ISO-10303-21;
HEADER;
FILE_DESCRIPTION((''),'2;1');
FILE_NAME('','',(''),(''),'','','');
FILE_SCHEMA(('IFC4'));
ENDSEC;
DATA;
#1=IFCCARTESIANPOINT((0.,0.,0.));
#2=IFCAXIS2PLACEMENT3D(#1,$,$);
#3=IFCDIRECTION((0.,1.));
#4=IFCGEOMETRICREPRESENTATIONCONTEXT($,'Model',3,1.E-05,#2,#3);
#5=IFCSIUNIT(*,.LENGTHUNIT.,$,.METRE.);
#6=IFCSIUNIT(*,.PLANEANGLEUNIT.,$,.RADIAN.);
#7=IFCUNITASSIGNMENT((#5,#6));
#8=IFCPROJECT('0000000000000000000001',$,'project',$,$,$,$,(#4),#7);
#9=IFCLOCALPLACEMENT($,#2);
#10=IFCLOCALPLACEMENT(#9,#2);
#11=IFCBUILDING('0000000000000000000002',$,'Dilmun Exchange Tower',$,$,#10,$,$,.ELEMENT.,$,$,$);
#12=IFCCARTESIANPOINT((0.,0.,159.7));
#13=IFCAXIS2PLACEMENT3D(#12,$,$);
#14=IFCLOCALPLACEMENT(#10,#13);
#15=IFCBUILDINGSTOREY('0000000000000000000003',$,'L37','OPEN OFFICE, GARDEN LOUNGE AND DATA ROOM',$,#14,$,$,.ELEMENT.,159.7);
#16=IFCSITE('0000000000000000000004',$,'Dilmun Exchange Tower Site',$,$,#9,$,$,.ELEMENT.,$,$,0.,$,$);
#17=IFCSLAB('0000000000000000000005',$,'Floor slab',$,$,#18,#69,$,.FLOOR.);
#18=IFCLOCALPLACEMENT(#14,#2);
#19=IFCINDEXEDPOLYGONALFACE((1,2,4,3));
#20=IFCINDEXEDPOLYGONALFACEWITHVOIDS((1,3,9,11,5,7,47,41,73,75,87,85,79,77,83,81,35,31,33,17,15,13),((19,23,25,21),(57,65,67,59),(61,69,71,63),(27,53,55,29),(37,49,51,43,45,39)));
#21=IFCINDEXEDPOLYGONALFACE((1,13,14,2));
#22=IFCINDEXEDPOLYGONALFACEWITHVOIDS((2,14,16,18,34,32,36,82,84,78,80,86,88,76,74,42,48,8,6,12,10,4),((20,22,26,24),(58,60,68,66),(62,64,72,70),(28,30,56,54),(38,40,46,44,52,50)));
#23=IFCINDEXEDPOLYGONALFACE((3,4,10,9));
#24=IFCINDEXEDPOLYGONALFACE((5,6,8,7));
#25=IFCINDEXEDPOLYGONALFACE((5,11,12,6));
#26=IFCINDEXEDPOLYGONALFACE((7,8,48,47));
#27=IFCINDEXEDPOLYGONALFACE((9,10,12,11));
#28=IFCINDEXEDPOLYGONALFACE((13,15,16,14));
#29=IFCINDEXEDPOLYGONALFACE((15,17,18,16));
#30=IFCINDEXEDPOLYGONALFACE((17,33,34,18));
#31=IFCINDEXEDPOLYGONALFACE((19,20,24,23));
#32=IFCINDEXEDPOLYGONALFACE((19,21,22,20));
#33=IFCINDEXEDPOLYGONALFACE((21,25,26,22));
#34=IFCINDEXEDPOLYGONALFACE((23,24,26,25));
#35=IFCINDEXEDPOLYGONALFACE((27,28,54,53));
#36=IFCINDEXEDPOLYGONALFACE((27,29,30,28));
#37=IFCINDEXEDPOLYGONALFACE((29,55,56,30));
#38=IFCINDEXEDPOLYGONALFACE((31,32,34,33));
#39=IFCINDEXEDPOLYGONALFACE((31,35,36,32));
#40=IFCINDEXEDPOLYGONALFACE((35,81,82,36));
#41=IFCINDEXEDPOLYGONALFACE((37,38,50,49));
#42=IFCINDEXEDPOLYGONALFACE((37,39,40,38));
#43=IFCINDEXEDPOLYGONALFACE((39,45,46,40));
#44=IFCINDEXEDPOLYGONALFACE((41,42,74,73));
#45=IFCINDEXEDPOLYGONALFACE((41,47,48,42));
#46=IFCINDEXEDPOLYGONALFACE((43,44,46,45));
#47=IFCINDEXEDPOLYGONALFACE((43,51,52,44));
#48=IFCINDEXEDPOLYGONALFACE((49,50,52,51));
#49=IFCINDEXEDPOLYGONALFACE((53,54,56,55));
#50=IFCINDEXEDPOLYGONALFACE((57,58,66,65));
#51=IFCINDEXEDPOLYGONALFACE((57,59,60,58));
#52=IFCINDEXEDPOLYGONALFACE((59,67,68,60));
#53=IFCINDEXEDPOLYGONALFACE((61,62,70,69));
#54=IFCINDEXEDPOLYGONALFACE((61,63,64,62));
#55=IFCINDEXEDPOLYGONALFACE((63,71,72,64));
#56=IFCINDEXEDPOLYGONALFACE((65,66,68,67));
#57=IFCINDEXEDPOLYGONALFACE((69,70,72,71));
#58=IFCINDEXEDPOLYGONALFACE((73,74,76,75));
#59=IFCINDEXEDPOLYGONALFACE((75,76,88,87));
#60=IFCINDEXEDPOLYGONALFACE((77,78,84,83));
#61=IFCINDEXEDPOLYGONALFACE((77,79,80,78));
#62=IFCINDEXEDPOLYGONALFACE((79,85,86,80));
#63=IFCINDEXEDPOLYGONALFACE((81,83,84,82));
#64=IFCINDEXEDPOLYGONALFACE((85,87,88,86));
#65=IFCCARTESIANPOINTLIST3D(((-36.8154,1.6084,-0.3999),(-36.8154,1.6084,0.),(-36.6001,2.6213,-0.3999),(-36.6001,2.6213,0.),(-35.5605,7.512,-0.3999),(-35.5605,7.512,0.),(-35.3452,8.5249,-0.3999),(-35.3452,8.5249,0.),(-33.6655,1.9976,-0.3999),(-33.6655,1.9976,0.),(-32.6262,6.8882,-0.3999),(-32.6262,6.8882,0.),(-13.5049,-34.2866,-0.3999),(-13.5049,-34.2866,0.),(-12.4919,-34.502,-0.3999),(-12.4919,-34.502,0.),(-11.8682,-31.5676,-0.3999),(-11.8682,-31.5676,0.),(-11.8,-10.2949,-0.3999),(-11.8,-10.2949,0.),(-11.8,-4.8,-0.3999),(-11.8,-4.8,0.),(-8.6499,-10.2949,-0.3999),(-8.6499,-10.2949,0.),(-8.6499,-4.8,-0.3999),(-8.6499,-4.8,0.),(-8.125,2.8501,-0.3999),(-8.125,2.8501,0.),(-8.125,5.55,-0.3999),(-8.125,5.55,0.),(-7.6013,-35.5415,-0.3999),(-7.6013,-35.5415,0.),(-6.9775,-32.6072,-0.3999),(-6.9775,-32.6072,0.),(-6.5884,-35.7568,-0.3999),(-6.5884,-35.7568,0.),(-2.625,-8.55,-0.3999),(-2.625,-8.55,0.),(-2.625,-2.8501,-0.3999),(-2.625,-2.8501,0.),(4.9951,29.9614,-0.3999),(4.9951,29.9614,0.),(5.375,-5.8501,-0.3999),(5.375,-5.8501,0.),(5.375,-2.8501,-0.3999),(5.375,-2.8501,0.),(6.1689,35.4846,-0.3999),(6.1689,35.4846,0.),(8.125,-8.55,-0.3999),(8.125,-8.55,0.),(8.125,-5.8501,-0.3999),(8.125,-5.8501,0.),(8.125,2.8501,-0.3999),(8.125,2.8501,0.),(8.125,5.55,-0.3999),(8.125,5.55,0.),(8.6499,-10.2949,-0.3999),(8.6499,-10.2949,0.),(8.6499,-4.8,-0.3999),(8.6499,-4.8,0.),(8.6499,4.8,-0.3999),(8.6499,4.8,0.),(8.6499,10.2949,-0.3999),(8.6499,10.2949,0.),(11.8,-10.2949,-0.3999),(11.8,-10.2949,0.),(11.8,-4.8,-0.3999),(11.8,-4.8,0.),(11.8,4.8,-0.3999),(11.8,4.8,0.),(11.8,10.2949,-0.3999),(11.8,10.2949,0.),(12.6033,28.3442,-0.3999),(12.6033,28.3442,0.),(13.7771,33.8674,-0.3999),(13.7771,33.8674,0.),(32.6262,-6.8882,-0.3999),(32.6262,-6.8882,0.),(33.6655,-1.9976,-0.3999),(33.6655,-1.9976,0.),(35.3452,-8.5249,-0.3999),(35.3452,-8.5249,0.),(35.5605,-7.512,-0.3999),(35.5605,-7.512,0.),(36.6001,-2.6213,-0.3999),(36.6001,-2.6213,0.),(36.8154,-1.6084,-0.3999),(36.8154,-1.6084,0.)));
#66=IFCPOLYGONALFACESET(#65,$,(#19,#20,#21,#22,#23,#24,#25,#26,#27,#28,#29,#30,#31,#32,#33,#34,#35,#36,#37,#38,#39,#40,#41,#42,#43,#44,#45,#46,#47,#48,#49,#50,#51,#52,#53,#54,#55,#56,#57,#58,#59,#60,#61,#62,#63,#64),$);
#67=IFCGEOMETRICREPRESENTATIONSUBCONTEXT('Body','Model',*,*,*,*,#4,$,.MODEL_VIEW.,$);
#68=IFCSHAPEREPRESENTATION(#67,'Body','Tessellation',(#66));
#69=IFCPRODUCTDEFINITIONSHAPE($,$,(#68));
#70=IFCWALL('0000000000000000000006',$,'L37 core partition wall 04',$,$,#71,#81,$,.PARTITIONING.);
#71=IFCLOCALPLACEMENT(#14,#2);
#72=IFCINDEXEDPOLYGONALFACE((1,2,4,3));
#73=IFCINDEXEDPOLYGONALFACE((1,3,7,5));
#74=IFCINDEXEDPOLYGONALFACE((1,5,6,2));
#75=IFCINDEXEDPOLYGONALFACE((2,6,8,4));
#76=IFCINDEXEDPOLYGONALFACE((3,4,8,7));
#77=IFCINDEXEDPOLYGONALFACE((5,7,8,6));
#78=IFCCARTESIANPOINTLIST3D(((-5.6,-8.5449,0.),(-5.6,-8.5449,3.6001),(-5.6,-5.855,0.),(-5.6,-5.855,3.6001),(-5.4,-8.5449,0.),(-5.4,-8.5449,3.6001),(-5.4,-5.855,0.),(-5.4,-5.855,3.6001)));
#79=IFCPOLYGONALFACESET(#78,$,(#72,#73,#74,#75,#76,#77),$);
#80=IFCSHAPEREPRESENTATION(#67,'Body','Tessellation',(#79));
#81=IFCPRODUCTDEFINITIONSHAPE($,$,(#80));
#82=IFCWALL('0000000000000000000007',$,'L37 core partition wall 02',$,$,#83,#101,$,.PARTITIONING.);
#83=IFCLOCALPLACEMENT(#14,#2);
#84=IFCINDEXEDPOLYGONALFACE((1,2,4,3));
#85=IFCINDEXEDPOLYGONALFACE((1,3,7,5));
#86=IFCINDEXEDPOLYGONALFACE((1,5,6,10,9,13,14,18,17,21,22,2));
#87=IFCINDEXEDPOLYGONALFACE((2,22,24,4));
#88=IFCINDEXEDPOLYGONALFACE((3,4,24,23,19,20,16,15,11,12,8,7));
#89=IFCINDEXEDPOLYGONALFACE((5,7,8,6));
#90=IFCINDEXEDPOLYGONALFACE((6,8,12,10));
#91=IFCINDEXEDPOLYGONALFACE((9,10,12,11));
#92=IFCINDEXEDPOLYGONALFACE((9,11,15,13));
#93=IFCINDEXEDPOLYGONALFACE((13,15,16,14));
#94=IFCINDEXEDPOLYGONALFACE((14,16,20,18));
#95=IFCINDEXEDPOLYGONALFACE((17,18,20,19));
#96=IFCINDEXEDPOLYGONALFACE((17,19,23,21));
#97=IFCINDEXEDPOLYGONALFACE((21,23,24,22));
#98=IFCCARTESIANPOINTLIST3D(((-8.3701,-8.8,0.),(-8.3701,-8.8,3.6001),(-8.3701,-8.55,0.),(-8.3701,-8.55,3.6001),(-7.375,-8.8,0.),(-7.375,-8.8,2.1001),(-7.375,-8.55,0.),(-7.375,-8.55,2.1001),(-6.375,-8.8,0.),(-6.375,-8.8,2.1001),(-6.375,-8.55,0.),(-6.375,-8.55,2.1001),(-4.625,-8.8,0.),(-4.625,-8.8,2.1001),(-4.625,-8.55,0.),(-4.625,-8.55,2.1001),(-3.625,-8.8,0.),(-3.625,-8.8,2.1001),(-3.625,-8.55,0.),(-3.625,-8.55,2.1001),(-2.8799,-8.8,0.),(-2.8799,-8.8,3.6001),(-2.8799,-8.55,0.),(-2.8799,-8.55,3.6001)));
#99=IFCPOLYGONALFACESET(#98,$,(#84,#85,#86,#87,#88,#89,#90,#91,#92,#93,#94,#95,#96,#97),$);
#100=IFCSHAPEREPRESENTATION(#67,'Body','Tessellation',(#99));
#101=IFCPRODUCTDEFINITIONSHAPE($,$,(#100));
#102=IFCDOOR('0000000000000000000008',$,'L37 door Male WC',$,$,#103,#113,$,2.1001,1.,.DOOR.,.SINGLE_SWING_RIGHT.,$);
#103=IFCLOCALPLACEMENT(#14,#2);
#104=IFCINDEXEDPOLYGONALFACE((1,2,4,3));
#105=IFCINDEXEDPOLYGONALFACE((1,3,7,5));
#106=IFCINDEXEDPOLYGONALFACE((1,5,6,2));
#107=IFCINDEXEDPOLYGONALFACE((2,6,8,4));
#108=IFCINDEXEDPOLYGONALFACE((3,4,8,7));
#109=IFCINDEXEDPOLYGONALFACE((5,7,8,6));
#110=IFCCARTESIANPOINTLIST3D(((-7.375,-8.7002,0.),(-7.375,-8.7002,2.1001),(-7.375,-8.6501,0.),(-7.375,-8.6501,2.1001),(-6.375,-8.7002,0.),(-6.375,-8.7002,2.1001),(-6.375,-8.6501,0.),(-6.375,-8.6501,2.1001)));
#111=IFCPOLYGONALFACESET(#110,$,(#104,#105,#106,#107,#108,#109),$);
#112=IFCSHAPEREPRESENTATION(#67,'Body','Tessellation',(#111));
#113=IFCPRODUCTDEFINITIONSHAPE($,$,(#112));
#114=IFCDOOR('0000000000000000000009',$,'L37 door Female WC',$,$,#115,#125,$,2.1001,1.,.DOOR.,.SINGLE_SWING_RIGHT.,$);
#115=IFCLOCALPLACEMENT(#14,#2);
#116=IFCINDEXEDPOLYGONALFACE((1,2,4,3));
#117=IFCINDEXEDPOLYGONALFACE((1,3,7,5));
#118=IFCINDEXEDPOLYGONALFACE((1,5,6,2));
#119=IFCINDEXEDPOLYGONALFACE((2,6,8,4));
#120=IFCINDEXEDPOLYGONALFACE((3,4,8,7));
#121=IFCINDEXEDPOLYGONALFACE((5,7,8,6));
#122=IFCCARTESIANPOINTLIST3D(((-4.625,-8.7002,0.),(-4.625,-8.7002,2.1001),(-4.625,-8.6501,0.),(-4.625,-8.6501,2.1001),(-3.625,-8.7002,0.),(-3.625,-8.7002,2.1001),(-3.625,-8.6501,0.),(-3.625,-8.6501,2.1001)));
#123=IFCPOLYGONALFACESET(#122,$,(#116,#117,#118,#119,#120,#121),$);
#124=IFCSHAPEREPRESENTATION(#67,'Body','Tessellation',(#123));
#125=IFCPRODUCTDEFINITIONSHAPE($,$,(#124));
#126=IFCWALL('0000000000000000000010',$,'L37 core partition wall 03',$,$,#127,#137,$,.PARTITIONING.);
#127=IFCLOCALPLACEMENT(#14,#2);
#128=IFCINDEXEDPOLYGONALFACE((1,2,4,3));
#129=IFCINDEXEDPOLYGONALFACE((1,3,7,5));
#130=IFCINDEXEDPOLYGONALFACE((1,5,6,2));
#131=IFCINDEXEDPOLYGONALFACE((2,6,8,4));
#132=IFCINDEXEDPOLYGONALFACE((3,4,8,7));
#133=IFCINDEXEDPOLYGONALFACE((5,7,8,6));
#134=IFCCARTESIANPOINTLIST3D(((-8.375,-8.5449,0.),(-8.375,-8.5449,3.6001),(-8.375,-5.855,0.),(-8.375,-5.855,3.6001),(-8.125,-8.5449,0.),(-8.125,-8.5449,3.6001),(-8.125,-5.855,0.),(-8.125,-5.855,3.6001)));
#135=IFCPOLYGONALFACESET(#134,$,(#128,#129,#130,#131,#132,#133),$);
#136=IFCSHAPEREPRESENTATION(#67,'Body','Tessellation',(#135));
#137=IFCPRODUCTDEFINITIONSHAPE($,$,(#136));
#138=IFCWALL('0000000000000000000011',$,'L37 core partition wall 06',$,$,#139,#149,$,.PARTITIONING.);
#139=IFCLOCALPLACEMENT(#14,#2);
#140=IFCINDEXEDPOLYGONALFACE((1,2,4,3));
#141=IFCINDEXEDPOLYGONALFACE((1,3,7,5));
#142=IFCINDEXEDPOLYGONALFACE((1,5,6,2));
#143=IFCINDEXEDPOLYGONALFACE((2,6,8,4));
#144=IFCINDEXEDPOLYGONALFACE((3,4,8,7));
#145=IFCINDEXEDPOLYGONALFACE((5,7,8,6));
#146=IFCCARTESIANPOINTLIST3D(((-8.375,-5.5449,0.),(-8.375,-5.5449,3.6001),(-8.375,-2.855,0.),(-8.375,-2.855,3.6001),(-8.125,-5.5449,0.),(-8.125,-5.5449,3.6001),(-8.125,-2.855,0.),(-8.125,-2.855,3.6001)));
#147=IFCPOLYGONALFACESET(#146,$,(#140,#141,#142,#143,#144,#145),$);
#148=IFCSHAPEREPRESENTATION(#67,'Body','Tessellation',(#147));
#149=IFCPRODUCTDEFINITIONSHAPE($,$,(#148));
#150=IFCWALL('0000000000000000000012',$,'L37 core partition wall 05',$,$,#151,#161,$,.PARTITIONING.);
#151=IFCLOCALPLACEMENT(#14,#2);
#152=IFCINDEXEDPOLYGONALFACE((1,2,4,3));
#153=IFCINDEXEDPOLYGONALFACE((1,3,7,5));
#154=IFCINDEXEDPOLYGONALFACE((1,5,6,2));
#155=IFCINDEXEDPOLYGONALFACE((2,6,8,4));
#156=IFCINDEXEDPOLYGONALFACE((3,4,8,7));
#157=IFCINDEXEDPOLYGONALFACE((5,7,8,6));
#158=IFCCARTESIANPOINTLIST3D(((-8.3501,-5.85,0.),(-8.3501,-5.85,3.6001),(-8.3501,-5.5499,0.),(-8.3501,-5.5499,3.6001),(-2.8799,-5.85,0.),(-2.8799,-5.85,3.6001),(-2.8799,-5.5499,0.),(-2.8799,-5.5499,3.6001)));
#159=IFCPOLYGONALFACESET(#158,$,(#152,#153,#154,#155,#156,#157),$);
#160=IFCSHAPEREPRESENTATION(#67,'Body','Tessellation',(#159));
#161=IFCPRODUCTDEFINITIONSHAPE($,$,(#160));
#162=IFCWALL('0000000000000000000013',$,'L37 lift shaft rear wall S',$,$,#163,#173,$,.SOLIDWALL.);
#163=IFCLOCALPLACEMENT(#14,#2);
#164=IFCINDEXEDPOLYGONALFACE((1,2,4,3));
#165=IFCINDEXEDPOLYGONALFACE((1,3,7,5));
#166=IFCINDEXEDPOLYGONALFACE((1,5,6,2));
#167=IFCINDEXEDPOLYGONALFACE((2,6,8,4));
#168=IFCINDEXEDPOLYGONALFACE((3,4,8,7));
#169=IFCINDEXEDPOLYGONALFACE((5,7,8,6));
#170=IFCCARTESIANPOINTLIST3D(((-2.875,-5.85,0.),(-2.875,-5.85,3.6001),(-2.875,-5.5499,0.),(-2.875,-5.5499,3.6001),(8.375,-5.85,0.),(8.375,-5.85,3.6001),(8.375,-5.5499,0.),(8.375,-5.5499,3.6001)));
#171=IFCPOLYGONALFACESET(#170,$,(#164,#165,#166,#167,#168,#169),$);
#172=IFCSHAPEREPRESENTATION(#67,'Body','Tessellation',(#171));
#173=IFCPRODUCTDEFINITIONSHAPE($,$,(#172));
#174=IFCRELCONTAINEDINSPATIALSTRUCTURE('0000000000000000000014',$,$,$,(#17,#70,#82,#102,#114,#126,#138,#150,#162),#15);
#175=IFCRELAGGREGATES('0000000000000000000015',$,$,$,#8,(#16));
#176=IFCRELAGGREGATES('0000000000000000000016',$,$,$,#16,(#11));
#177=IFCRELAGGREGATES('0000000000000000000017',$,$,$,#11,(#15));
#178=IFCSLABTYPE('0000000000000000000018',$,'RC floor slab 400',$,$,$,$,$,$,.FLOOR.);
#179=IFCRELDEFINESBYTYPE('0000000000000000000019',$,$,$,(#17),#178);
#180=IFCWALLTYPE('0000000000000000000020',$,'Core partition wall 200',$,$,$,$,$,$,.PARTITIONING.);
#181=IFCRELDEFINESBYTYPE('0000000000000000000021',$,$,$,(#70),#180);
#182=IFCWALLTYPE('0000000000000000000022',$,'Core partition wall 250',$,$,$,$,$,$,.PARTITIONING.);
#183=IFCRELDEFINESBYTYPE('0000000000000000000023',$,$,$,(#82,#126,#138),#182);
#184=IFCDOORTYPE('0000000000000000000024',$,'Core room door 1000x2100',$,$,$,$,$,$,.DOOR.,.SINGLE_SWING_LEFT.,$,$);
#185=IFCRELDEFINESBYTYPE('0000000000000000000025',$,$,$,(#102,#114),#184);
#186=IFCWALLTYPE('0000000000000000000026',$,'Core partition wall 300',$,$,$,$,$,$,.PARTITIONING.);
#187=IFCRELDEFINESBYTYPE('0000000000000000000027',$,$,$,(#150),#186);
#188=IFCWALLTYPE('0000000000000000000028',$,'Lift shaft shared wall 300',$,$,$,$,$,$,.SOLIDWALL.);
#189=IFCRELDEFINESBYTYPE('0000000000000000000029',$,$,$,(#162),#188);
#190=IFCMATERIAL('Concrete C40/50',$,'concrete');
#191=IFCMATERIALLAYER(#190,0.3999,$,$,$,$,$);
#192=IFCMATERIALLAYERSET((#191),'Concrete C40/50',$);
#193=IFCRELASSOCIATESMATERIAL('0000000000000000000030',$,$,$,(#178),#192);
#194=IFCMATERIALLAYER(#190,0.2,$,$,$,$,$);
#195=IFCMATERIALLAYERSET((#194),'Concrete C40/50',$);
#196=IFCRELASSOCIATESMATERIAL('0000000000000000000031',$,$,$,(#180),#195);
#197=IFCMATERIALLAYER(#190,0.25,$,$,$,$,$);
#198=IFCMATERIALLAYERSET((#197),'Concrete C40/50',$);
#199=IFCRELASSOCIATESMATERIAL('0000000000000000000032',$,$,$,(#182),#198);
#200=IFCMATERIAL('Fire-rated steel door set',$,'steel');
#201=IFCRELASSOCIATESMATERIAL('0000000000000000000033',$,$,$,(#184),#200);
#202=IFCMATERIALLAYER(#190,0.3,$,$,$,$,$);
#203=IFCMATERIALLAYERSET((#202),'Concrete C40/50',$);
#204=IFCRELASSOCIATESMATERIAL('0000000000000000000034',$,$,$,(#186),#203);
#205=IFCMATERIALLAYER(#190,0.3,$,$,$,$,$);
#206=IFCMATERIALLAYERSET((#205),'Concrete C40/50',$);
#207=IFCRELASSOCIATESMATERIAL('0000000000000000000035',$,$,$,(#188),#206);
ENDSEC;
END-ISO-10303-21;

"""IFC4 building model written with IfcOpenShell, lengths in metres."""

from ifc_helpers import new_model, si_unit, direction, frame, frame_2d, origin, place, context, subcontext, project, spatial, polyline, rectangle, outline, extrude, material, layer, layer_set, type_object, element, fill, save


model = new_model("IFC4")

# Units and contexts
model_context = context("Model", 3, precision=1e-05, world=origin(), true_north=direction((0.0, 1.0)))
body_context = subcontext(model_context, "Body", "Model", "MODEL_VIEW")
ifc_project = project(units=[si_unit("LENGTHUNIT", "METRE"), si_unit("PLANEANGLEUNIT", "RADIAN")], contexts=[model_context])

# Site, building, storey
site_placement = place(None, origin())
site = spatial("IfcSite", under=ifc_project, at=site_placement, Name="Dilmun Exchange Tower Site", CompositionType="ELEMENT", RefElevation=0.0)
building_placement = place(site_placement, origin())
building = spatial("IfcBuilding", under=site, at=building_placement, Name="Dilmun Exchange Tower", CompositionType="ELEMENT")
storey_placement = place(building_placement, frame((0.0, 0.0, 159.7)))
storey = spatial("IfcBuildingStorey", under=building, at=storey_placement, Name="L37", Description="OPEN OFFICE, GARDEN LOUNGE AND DATA ROOM", CompositionType="ELEMENT", Elevation=159.7)

# Slab
ifc_material_1 = material(Name="Concrete C40/50", Category="concrete")
ifc_layer_1 = layer(ifc_material_1, 0.3999)
ifc_layer_set_1 = layer_set([ifc_layer_1], Name="Concrete C40/50")
slab_type = type_object("IfcSlabType", Name="RC floor slab 400", PredefinedType="FLOOR", material=ifc_layer_set_1)
slab_placement = place(storey_placement, frame((0.0, 0.0, -0.3999)))
element("IfcSlab", 1, at=slab_placement, inside=storey, type_object=slab_type, Name="Floor slab", PredefinedType="FLOOR", context=body_context, shape_type="SweptSolid", body=[
    extrude(outline(polyline([(36.6001, -2.6213), (33.6655, -1.9976), (32.6262, -6.8882), (35.5605, -7.512), (35.3452, -8.5249), (-6.5884, -35.7568), (-7.6013, -35.5415), (-6.9775, -32.6072), (-11.8682, -31.5676), (-12.4919, -34.502), (-13.5049, -34.2866), (-36.8154, 1.6084), (-36.6001, 2.6213), (-33.6655, 1.9976), (-32.6262, 6.8882), (-35.5605, 7.512), (-35.3452, 8.5249), (6.1689, 35.4846), (4.9951, 29.9614), (12.6033, 28.3442), (13.7771, 33.8674), (36.8154, -1.6084), (36.6001, -2.6213)]), holes=[polyline([(-8.6499, -4.8), (-11.8, -4.8), (-11.8, -10.2949), (-8.6499, -10.2949), (-8.6499, -4.8)]), polyline([(11.8, -4.8), (8.6499, -4.8), (8.6499, -10.2949), (11.8, -10.2949), (11.8, -4.8)]), polyline([(5.375, -2.8501), (-2.625, -2.8501), (-2.625, -8.55), (8.125, -8.55), (8.125, -5.8501), (5.375, -5.8501), (5.375, -2.8501)]), polyline([(8.125, 2.8501), (8.125, 5.55), (-8.125, 5.55), (-8.125, 2.8501), (8.125, 2.8501)]), polyline([(8.6499, 10.2949), (8.6499, 4.8), (11.8, 4.8), (11.8, 10.2949), (8.6499, 10.2949)])]), origin(), (0.0, 0.0, 1.0), 0.3999),
])

# Wall
ifc_layer_2 = layer(ifc_material_1, 0.2)
ifc_layer_set_2 = layer_set([ifc_layer_2], Name="Concrete C40/50")
wall_type_1 = type_object("IfcWallType", Name="Core partition wall 200", PredefinedType="PARTITIONING", material=ifc_layer_set_2)
wall_1_placement = place(storey_placement, frame((-5.5, -8.5449, 0.0), z_axis=(0.0, 0.0, 1.0), x_axis=(0.0, 1.0, 0.0)))
element("IfcWall", 2, at=wall_1_placement, inside=storey, type_object=wall_type_1, Name="L37 core partition wall 04", PredefinedType="PARTITIONING", context=body_context, shape_type="SweptSolid", body=[
    extrude(rectangle(XDim=2.6899, YDim=0.2, at=frame_2d((1.345, 0.0))), origin(), (0.0, 0.0, 1.0), 3.6001),
])

# Shared definitions
ifc_material_2 = material(Name="Fire-rated steel door set", Category="steel")

# Wall, openings, doors
ifc_layer_3 = layer(ifc_material_1, 0.25)
ifc_layer_set_3 = layer_set([ifc_layer_3], Name="Concrete C40/50")
wall_type_2 = type_object("IfcWallType", Name="Core partition wall 250", PredefinedType="PARTITIONING", material=ifc_layer_set_3)
wall_2_placement = place(storey_placement, frame((-8.3701, -8.675, 0.0), z_axis=(0.0, 0.0, 1.0), x_axis=(1.0, 0.0, 0.0)))
wall_2 = element("IfcWall", 3, at=wall_2_placement, inside=storey, type_object=wall_type_2, Name="L37 core partition wall 02", PredefinedType="PARTITIONING", context=body_context, shape_type="SweptSolid", body=[
    extrude(rectangle(XDim=5.4902, YDim=0.25, at=frame_2d((2.7451, 0.0))), origin(), (0.0, 0.0, 1.0), 3.6001),
])
opening_1_placement = place(wall_2_placement, frame((0.9951, 0.0, 0.0)))
opening_1 = element("IfcOpeningElement", 4, at=opening_1_placement, cuts=wall_2, PredefinedType="OPENING", context=body_context, shape_type="SweptSolid", body=[
    extrude(rectangle(XDim=1.0, YDim=2.1001, at=frame_2d((0.5, 1.05))), frame((0.0, 0.135, 0.0), z_axis=(0.0, -1.0, 0.0), x_axis=(1.0, 0.0, 0.0)), (0.0, 0.0, 1.0), 0.27),
])
opening_2_placement = place(wall_2_placement, frame((3.7451, 0.0, 0.0)))
opening_2 = element("IfcOpeningElement", 5, at=opening_2_placement, cuts=wall_2, PredefinedType="OPENING", context=body_context, shape_type="SweptSolid", body=[
    extrude(rectangle(XDim=1.0, YDim=2.1001, at=frame_2d((0.5, 1.05))), frame((0.0, 0.135, 0.0), z_axis=(0.0, -1.0, 0.0), x_axis=(1.0, 0.0, 0.0)), (0.0, 0.0, 1.0), 0.27),
])
door_type_1 = type_object("IfcDoorType", Name="Core room door 1000x2100", OperationType="SINGLE_SWING_LEFT", PredefinedType="DOOR", material=ifc_material_2)
door_1_placement = place(opening_1_placement, origin())
door_1 = element("IfcDoor", 6, at=door_1_placement, inside=storey, type_object=door_type_1, Name="L37 door Male WC", OperationType="SINGLE_SWING_RIGHT", OverallHeight=2.1001, OverallWidth=1.0, PredefinedType="DOOR", context=body_context, shape_type="SweptSolid", body=[
    extrude(rectangle(XDim=1.0, YDim=2.1001, at=frame_2d((0.5, 1.05))), frame((0.0, 0.0249, 0.0), z_axis=(0.0, -1.0, 0.0), x_axis=(1.0, 0.0, 0.0)), (0.0, 0.0, 1.0), 0.05),
])
fill(opening_1, door_1)
door_2_placement = place(opening_2_placement, origin())
door_2 = element("IfcDoor", 7, at=door_2_placement, inside=storey, type_object=door_type_1, Name="L37 door Female WC", OperationType="SINGLE_SWING_RIGHT", OverallHeight=2.1001, OverallWidth=1.0, PredefinedType="DOOR", context=body_context, shape_type="SweptSolid", body=[
    extrude(rectangle(XDim=1.0, YDim=2.1001, at=frame_2d((0.5, 1.05))), frame((0.0, 0.0249, 0.0), z_axis=(0.0, -1.0, 0.0), x_axis=(1.0, 0.0, 0.0)), (0.0, 0.0, 1.0), 0.05),
])
fill(opening_2, door_2)

# Walls
for number, where, z_axis, x_axis, name in (
    (8, (-8.25, -8.5449, 0.0), (0.0, 0.0, 1.0), (0.0, 1.0, 0.0), "L37 core partition wall 03"),
    (9, (-8.25, -5.5449, 0.0), (0.0, 0.0, 1.0), (0.0, 1.0, 0.0), "L37 core partition wall 06"),
):
    element("IfcWall", number, at=place(storey_placement, frame(where, z_axis=z_axis, x_axis=x_axis)), inside=storey, type_object=wall_type_2, Name=name, PredefinedType="PARTITIONING", context=body_context, shape_type="SweptSolid", body=[
        extrude(rectangle(XDim=2.6899, YDim=0.25, at=frame_2d((1.345, 0.0))), origin(), (0.0, 0.0, 1.0), 3.6001),
    ])
ifc_layer_4 = layer(ifc_material_1, 0.3)
ifc_layer_set_4 = layer_set([ifc_layer_4], Name="Concrete C40/50")
wall_type_3 = type_object("IfcWallType", Name="Core partition wall 300", PredefinedType="PARTITIONING", material=ifc_layer_set_4)
wall_3_placement = place(storey_placement, frame((-8.3501, -5.7, 0.0), z_axis=(0.0, 0.0, 1.0), x_axis=(1.0, 0.0, 0.0)))
element("IfcWall", 10, at=wall_3_placement, inside=storey, type_object=wall_type_3, Name="L37 core partition wall 05", PredefinedType="PARTITIONING", context=body_context, shape_type="SweptSolid", body=[
    extrude(rectangle(XDim=5.4702, YDim=0.3, at=frame_2d((2.7351, 0.0))), origin(), (0.0, 0.0, 1.0), 3.6001),
])
ifc_layer_5 = layer(ifc_material_1, 0.3)
ifc_layer_set_5 = layer_set([ifc_layer_5], Name="Concrete C40/50")
wall_type_4 = type_object("IfcWallType", Name="Lift shaft shared wall 300", PredefinedType="SOLIDWALL", material=ifc_layer_set_5)
wall_4_placement = place(storey_placement, frame((-2.875, -5.7, 0.0), z_axis=(0.0, 0.0, 1.0), x_axis=(1.0, 0.0, 0.0)))
element("IfcWall", 11, at=wall_4_placement, inside=storey, type_object=wall_type_4, Name="L37 lift shaft rear wall S", PredefinedType="SOLIDWALL", context=body_context, shape_type="SweptSolid", body=[
    extrude(rectangle(XDim=11.25, YDim=0.3, at=frame_2d((5.625, 0.0))), origin(), (0.0, 0.0, 1.0), 3.6001),
])

save(model, "model.ifc")
